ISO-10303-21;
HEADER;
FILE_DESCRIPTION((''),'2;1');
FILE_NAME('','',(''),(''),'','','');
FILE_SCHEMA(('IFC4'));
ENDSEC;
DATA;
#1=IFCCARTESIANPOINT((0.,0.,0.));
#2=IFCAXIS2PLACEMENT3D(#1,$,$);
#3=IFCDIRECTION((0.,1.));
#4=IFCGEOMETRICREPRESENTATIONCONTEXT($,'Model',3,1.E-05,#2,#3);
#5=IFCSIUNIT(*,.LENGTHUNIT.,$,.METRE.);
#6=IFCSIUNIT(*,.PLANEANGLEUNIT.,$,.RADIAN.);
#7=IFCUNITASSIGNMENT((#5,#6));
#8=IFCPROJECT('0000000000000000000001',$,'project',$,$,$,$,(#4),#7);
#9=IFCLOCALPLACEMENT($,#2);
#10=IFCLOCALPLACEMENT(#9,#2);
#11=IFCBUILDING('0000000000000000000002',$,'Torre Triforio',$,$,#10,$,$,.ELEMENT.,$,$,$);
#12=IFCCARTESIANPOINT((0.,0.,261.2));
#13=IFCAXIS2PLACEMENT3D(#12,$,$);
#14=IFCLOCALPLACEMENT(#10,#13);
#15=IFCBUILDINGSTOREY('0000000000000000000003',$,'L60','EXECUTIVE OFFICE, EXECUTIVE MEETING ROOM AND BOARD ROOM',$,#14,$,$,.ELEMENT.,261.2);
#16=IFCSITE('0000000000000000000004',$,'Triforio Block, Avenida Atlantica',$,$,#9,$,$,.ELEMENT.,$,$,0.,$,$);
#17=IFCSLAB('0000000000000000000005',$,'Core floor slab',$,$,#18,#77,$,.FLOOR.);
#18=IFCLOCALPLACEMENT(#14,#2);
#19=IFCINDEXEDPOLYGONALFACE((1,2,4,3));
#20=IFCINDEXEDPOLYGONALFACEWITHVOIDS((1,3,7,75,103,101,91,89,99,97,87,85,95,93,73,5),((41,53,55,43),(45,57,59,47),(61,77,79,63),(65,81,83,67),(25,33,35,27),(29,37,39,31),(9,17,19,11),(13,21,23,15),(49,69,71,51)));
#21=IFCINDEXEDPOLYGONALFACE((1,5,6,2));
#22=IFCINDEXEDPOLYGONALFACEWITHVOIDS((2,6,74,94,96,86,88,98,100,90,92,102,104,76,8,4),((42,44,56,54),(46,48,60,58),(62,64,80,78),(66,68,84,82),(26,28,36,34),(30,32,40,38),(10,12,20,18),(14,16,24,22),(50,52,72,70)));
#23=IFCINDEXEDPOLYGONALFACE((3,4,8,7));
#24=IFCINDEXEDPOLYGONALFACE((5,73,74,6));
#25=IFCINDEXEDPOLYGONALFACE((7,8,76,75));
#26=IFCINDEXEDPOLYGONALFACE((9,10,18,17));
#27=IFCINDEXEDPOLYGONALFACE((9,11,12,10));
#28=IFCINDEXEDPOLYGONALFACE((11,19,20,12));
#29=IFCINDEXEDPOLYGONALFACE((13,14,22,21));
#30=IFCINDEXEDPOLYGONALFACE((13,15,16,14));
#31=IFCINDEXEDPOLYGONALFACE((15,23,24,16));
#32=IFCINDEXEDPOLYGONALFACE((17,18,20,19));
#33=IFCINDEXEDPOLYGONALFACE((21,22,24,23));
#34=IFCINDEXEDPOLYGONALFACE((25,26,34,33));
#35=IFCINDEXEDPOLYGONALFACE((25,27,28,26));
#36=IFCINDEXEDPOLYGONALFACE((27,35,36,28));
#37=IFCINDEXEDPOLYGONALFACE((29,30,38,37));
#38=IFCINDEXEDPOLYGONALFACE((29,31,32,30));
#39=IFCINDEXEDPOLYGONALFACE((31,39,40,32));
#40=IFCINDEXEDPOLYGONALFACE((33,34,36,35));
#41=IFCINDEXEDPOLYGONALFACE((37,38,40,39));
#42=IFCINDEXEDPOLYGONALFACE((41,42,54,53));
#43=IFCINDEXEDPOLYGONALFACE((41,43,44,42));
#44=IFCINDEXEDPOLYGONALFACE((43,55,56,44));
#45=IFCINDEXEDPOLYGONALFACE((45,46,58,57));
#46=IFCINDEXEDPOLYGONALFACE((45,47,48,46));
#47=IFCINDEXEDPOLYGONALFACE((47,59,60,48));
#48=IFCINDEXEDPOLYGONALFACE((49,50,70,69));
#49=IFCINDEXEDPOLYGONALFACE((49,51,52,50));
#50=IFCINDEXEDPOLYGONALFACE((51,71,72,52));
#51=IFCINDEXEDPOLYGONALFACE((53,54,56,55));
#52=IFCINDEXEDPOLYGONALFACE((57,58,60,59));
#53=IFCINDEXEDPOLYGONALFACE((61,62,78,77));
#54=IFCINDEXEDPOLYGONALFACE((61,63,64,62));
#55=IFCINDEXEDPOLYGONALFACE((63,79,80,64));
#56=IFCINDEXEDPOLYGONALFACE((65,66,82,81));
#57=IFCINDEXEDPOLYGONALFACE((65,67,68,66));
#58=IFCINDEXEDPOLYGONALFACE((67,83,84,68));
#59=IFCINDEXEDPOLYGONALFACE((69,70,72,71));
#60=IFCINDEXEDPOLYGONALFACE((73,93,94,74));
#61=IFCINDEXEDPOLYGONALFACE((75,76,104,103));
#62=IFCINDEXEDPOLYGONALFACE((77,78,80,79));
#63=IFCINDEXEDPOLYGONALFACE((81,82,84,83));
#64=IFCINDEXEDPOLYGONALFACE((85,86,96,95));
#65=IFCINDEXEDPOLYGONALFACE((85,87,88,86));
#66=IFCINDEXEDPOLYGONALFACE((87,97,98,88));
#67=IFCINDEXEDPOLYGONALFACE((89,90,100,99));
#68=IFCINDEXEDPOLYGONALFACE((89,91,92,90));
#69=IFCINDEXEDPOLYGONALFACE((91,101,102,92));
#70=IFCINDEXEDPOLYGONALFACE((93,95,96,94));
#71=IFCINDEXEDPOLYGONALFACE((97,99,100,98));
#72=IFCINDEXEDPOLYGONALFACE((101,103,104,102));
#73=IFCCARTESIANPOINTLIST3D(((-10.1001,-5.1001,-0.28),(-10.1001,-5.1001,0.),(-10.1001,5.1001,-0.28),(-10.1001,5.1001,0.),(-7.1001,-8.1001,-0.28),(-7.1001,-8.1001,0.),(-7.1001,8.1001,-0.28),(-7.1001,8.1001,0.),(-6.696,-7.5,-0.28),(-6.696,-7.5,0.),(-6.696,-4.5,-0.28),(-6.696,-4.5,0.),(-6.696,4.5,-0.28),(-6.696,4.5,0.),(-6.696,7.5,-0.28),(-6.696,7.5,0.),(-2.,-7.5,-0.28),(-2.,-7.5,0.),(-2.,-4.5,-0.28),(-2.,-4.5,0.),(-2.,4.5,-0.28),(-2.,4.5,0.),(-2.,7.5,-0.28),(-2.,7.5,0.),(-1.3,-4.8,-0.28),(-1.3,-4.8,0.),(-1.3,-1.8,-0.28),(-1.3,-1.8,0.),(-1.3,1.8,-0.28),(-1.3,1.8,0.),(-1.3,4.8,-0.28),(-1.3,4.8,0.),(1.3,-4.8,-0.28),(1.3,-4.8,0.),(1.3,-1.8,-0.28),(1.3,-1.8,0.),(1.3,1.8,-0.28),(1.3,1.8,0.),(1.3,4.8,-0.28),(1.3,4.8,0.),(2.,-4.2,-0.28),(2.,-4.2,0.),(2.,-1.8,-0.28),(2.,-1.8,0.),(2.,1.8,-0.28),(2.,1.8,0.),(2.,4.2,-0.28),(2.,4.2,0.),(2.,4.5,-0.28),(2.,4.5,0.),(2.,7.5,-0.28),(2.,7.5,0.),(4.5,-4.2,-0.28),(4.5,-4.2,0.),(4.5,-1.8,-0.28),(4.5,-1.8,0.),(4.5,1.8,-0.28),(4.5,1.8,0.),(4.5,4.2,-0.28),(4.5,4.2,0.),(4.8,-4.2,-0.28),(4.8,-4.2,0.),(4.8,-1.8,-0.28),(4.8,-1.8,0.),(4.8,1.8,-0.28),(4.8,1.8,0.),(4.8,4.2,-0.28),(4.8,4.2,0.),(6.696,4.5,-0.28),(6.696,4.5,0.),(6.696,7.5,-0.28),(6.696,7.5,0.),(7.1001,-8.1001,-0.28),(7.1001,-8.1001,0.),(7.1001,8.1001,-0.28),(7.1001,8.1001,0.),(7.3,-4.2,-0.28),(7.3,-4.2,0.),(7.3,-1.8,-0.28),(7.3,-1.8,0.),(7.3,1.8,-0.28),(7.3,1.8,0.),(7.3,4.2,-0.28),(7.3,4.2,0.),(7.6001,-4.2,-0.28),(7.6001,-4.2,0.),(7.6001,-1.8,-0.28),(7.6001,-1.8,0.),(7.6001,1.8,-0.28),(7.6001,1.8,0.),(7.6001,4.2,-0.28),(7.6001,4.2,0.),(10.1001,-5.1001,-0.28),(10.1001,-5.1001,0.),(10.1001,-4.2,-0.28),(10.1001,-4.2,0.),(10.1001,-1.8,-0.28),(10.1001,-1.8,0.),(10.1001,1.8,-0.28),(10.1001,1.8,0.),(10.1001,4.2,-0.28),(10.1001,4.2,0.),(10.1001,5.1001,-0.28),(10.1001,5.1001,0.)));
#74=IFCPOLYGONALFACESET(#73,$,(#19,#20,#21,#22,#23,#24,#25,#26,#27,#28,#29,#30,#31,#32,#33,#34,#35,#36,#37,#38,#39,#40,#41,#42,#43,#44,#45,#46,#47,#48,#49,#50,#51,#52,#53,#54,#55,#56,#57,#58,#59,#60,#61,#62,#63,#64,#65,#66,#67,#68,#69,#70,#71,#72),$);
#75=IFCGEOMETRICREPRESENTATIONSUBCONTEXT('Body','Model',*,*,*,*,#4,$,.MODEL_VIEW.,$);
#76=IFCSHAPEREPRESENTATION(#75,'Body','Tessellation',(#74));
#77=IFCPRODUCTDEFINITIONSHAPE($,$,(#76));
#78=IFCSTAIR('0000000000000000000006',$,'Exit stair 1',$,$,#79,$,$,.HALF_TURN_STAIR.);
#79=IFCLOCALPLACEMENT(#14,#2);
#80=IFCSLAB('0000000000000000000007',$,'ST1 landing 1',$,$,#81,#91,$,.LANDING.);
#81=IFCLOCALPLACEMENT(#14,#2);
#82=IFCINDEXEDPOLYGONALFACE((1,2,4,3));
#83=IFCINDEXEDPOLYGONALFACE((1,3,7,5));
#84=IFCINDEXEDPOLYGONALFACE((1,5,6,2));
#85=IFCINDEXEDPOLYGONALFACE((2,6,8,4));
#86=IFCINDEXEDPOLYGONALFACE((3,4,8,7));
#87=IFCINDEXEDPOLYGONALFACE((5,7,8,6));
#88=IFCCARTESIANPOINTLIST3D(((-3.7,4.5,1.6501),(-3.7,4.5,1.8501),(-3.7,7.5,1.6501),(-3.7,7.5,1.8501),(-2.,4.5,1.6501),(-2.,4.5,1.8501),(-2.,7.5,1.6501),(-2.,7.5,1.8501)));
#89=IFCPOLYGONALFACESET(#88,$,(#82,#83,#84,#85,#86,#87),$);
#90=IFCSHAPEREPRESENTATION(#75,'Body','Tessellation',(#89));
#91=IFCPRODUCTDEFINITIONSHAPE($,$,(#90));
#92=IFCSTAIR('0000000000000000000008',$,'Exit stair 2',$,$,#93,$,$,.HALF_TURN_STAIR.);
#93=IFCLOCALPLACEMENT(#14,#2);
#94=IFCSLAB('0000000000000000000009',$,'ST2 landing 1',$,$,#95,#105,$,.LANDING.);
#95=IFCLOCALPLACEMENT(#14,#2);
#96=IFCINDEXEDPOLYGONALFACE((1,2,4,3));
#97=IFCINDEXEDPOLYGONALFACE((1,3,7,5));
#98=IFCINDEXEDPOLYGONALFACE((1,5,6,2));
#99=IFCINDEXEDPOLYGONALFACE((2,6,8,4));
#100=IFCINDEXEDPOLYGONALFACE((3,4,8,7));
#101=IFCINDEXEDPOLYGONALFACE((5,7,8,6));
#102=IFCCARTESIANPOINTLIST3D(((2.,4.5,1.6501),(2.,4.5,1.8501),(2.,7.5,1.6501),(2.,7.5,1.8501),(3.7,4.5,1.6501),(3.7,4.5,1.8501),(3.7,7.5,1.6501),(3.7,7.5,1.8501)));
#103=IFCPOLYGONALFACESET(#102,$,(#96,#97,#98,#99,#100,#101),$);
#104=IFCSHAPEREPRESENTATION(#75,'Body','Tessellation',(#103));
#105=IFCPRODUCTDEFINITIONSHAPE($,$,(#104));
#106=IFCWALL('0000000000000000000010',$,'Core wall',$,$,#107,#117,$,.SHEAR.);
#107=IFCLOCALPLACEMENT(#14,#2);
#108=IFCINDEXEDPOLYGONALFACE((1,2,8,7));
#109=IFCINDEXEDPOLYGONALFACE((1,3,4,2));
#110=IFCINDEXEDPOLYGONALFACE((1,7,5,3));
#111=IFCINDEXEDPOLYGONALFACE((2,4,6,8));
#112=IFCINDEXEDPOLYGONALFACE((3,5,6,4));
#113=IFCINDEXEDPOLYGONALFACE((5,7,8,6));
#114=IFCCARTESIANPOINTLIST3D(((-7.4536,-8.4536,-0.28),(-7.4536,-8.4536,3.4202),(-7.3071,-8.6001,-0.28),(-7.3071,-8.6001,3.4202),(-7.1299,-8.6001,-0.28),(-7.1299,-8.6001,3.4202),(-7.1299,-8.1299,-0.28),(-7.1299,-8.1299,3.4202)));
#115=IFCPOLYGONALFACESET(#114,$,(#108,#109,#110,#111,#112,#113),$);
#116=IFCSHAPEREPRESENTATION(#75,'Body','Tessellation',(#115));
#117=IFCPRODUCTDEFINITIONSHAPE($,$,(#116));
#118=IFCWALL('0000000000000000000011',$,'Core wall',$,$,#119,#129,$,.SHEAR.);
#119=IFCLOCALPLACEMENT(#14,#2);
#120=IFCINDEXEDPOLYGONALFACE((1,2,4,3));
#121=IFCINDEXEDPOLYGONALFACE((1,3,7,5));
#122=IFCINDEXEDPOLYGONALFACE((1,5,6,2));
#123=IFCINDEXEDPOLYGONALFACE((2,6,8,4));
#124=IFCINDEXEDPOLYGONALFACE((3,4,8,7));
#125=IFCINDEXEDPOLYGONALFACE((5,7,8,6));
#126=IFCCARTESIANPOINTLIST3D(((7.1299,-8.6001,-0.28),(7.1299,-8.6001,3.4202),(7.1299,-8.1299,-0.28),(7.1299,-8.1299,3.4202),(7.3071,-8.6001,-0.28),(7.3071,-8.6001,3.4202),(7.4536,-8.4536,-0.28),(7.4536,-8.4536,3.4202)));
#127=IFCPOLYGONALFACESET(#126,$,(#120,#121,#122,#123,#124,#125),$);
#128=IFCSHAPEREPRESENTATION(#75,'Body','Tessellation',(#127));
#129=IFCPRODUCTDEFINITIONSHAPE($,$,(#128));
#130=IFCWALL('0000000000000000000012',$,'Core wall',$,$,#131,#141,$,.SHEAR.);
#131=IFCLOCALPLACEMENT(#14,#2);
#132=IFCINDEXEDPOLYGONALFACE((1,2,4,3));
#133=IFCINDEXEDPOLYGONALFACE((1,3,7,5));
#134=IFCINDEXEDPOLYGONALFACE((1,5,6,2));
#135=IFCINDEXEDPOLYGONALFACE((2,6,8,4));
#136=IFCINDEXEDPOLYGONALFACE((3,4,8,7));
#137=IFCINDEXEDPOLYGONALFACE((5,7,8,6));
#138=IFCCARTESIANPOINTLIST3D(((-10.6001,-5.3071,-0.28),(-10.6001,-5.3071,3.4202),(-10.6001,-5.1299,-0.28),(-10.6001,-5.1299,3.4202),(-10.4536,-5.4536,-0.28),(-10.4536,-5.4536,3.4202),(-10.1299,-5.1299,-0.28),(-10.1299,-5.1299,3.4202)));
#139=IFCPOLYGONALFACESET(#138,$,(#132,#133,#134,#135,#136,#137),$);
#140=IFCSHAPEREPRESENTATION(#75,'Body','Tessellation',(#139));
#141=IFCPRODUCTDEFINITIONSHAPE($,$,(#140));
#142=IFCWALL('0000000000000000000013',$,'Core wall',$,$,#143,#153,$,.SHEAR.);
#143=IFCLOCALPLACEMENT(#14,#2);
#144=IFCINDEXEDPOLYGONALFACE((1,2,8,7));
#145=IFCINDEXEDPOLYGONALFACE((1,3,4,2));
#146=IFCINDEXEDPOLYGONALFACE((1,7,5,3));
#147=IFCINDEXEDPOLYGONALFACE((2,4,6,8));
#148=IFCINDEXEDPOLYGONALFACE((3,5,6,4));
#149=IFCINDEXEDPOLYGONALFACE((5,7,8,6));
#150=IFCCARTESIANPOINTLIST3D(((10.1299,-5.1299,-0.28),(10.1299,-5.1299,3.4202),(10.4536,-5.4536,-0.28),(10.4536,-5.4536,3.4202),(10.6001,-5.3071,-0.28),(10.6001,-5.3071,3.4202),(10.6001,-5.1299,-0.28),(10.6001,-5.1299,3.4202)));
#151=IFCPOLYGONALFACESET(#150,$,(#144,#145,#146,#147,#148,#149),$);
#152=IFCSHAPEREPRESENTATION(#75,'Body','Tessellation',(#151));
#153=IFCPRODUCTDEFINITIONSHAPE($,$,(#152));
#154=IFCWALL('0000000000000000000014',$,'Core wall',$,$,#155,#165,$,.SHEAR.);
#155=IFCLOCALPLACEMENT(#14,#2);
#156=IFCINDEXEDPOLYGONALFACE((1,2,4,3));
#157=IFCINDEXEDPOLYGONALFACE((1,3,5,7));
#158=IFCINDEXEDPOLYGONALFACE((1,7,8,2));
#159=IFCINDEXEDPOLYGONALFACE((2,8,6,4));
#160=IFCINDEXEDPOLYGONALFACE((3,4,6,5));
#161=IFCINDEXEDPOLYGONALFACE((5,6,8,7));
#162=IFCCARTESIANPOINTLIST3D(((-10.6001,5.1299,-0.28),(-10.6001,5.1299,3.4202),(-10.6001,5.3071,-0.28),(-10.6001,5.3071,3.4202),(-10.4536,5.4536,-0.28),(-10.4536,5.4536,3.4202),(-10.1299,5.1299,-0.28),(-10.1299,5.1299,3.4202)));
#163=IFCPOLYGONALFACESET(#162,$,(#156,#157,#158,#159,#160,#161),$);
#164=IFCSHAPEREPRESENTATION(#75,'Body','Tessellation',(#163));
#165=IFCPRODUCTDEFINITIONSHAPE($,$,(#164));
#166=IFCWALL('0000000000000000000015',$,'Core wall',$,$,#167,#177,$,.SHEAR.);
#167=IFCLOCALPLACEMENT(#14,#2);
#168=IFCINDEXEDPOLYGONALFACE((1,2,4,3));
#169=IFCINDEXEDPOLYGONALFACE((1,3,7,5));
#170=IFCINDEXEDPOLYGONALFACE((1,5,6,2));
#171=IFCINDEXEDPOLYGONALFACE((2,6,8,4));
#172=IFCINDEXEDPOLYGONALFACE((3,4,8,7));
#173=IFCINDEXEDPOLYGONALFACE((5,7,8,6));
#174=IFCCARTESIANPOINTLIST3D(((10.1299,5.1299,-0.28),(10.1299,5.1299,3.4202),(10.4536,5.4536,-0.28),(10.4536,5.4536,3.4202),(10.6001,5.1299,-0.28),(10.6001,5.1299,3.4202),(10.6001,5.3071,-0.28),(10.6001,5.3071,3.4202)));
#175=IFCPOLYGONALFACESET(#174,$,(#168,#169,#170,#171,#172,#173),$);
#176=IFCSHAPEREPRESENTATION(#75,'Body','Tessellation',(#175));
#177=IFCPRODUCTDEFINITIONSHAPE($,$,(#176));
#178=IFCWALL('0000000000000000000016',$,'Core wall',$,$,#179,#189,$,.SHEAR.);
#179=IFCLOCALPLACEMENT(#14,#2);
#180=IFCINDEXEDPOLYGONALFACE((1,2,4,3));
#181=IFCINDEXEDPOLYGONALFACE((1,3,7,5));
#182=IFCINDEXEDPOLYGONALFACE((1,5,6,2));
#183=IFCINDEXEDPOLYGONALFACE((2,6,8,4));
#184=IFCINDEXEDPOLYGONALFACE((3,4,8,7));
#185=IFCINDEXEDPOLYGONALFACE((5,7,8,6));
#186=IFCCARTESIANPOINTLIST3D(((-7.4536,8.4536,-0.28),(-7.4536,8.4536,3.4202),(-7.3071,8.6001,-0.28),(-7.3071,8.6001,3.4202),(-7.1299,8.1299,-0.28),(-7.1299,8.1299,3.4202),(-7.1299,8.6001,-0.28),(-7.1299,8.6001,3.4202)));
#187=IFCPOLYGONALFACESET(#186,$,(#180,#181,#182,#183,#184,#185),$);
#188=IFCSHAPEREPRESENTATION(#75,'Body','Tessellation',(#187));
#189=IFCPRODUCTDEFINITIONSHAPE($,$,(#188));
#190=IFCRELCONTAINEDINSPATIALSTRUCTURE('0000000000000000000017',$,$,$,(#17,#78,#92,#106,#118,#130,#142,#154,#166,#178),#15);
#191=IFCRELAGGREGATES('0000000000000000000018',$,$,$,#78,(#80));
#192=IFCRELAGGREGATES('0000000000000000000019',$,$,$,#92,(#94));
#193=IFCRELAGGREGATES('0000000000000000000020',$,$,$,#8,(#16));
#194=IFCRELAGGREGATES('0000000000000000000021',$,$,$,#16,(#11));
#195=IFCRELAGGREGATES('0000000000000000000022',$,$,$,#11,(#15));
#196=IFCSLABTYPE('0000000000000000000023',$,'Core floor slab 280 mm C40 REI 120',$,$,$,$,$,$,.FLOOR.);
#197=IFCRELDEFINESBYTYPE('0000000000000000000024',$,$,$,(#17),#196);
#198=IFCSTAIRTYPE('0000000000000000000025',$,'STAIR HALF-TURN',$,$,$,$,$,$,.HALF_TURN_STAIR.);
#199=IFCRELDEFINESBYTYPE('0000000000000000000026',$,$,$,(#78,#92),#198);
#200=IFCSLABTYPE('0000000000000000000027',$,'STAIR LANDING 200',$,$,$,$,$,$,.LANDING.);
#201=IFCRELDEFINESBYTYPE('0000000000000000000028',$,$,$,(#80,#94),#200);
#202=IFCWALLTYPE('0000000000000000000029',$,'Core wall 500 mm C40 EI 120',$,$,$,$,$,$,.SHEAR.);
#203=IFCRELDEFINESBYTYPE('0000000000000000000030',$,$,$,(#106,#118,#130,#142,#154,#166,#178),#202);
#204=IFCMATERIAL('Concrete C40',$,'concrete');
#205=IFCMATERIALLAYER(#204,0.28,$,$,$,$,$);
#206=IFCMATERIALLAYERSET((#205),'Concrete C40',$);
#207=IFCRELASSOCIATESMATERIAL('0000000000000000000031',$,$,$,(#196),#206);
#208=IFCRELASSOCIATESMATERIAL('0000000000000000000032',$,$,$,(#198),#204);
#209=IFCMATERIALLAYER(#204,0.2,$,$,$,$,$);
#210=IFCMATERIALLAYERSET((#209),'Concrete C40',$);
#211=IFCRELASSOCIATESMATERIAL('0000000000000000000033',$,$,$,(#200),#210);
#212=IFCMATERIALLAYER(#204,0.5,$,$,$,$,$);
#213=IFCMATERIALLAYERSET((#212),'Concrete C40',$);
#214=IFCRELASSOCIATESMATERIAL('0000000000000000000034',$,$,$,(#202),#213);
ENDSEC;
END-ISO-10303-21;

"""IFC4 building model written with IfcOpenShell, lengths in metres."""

from ifc_helpers import new_model, si_unit, direction, frame, origin, place, context, subcontext, project, spatial, polyline, outline, extrude, material, layer, layer_set, type_object, element, aggregate, save


model = new_model("IFC4")

# Units and contexts
model_context = context("Model", 3, precision=1e-05, world=origin(), true_north=direction((0.0, 1.0)))
body_context = subcontext(model_context, "Body", "Model", "MODEL_VIEW")
ifc_project = project(units=[si_unit("LENGTHUNIT", "METRE"), si_unit("PLANEANGLEUNIT", "RADIAN")], contexts=[model_context])

# Site, building, storey
site_placement = place(None, origin())
site = spatial("IfcSite", under=ifc_project, at=site_placement, Name="Triforio Block, Avenida Atlantica", CompositionType="ELEMENT", RefElevation=0.0)
building_placement = place(site_placement, origin())
building = spatial("IfcBuilding", under=site, at=building_placement, Name="Torre Triforio", CompositionType="ELEMENT")
storey_placement = place(building_placement, frame((0.0, 0.0, 261.2)))
storey = spatial("IfcBuildingStorey", under=building, at=storey_placement, Name="L60", Description="EXECUTIVE OFFICE, EXECUTIVE MEETING ROOM AND BOARD ROOM", CompositionType="ELEMENT", Elevation=261.2)

# Slab
ifc_material_1 = material(Name="Concrete C40", Category="concrete")
ifc_layer_1 = layer(ifc_material_1, 0.28)
ifc_layer_set_1 = layer_set([ifc_layer_1], Name="Concrete C40")
slab_type_1 = type_object("IfcSlabType", Name="Core floor slab 280 mm C40 REI 120", PredefinedType="FLOOR", material=ifc_layer_set_1)
slab_1_placement = place(storey_placement, frame((0.0, 0.0, -0.28)))
element("IfcSlab", 1, at=slab_1_placement, inside=storey, type_object=slab_type_1, Name="Core floor slab", PredefinedType="FLOOR", context=body_context, shape_type="SweptSolid", body=[
    extrude(outline(polyline([(10.1001, -5.1001), (7.1001, -8.1001), (-7.1001, -8.1001), (-10.1001, -5.1001), (-10.1001, 5.1001), (-7.1001, 8.1001), (7.1001, 8.1001), (10.1001, 5.1001), (10.1001, 4.2), (7.6001, 4.2), (7.6001, 1.8), (10.1001, 1.8), (10.1001, -1.8), (7.6001, -1.8), (7.6001, -4.2), (10.1001, -4.2), (10.1001, -5.1001)]), holes=[polyline([(-6.696, -4.5), (-6.696, -7.5), (-2.0, -7.5), (-2.0, -4.5), (-6.696, -4.5)]), polyline([(-1.3, -1.8), (-1.3, -4.8), (1.3, -4.8), (1.3, -1.8), (-1.3, -1.8)]), polyline([(2.0, -1.8), (2.0, -4.2), (4.5, -4.2), (4.5, -1.8), (2.0, -1.8)]), polyline([(4.5, 4.2), (2.0, 4.2), (2.0, 1.8), (4.5, 1.8), (4.5, 4.2)]), polyline([(1.3, 4.8), (-1.3, 4.8), (-1.3, 1.8), (1.3, 1.8), (1.3, 4.8)]), polyline([(-6.696, 7.5), (-6.696, 4.5), (-2.0, 4.5), (-2.0, 7.5), (-6.696, 7.5)]), polyline([(7.3, -1.8), (4.8, -1.8), (4.8, -4.2), (7.3, -4.2), (7.3, -1.8)]), polyline([(4.8, 4.2), (4.8, 1.8), (7.3, 1.8), (7.3, 4.2), (4.8, 4.2)]), polyline([(6.696, 7.5), (2.0, 7.5), (2.0, 4.5), (6.696, 4.5), (6.696, 7.5)])]), origin(), (0.0, 0.0, 1.0), 0.28),
])

# Stairs, slabs
stair_type = type_object("IfcStairType", Name="STAIR HALF-TURN", PredefinedType="HALF_TURN_STAIR", material=ifc_material_1)
stair_1_placement = place(storey_placement, origin())
stair_1 = element("IfcStair", 2, at=stair_1_placement, inside=storey, type_object=stair_type, Name="Exit stair 1", PredefinedType="HALF_TURN_STAIR")
ifc_layer_2 = layer(ifc_material_1, 0.2)
ifc_layer_set_2 = layer_set([ifc_layer_2], Name="Concrete C40")
slab_type_2 = type_object("IfcSlabType", Name="STAIR LANDING 200", PredefinedType="LANDING", material=ifc_layer_set_2)
slab_2_placement = place(storey_placement, frame((0.0, 0.0, 1.6501)))
slab_2 = element("IfcSlab", 3, at=slab_2_placement, type_object=slab_type_2, Name="ST1 landing 1", PredefinedType="LANDING", context=body_context, shape_type="SweptSolid", body=[
    extrude(outline(polyline([(-2.0, 4.5), (-2.0, 7.5), (-3.7, 7.5), (-3.7, 4.5), (-2.0, 4.5)])), origin(), (0.0, 0.0, 1.0), 0.2),
])
aggregate(stair_1, [slab_2])
stair_2_placement = place(storey_placement, origin())
stair_2 = element("IfcStair", 4, at=stair_2_placement, inside=storey, type_object=stair_type, Name="Exit stair 2", PredefinedType="HALF_TURN_STAIR")
slab_3_placement = place(storey_placement, frame((0.0, 0.0, 1.6501)))
slab_3 = element("IfcSlab", 5, at=slab_3_placement, type_object=slab_type_2, Name="ST2 landing 1", PredefinedType="LANDING", context=body_context, shape_type="SweptSolid", body=[
    extrude(outline(polyline([(3.7, 4.5), (3.7, 7.5), (2.0, 7.5), (2.0, 4.5), (3.7, 4.5)])), origin(), (0.0, 0.0, 1.0), 0.2),
])
aggregate(stair_2, [slab_3])

# Walls
ifc_layer_3 = layer(ifc_material_1, 0.5)
ifc_layer_set_3 = layer_set([ifc_layer_3], Name="Concrete C40")
wall_type_1 = type_object("IfcWallType", Name="Core wall 500 mm C40 EI 120", PredefinedType="SHEAR", material=ifc_layer_set_3)
wall_1_placement = place(storey_placement, frame((0.0, 0.0, -0.28)))
element("IfcWall", 6, at=wall_1_placement, inside=storey, type_object=wall_type_1, Name="Core wall", PredefinedType="SHEAR", context=body_context, shape_type="SweptSolid", body=[
    extrude(outline(polyline([(-7.3071, -8.6001), (-7.4536, -8.4536), (-7.1299, -8.1299), (-7.1299, -8.6001), (-7.3071, -8.6001)])), origin(), (0.0, 0.0, 1.0), 3.7002),
])
wall_2_placement = place(storey_placement, frame((0.0, 0.0, -0.28)))
element("IfcWall", 7, at=wall_2_placement, inside=storey, type_object=wall_type_1, Name="Core wall", PredefinedType="SHEAR", context=body_context, shape_type="SweptSolid", body=[
    extrude(outline(polyline([(7.3071, -8.6001), (7.1299, -8.6001), (7.1299, -8.1299), (7.4536, -8.4536), (7.3071, -8.6001)])), origin(), (0.0, 0.0, 1.0), 3.7002),
])
wall_3_placement = place(storey_placement, frame((0.0, 0.0, -0.28)))
element("IfcWall", 8, at=wall_3_placement, inside=storey, type_object=wall_type_1, Name="Core wall", PredefinedType="SHEAR", context=body_context, shape_type="SweptSolid", body=[
    extrude(outline(polyline([(-10.6001, -5.3071), (-10.6001, -5.1299), (-10.1299, -5.1299), (-10.4536, -5.4536), (-10.6001, -5.3071)])), origin(), (0.0, 0.0, 1.0), 3.7002),
])
wall_4_placement = place(storey_placement, frame((0.0, 0.0, -0.28)))
element("IfcWall", 9, at=wall_4_placement, inside=storey, type_object=wall_type_1, Name="Core wall", PredefinedType="SHEAR", context=body_context, shape_type="SweptSolid", body=[
    extrude(outline(polyline([(10.6001, -5.3071), (10.4536, -5.4536), (10.1299, -5.1299), (10.6001, -5.1299), (10.6001, -5.3071)])), origin(), (0.0, 0.0, 1.0), 3.7002),
])
wall_5_placement = place(storey_placement, frame((0.0, 0.0, -0.28)))
element("IfcWall", 10, at=wall_5_placement, inside=storey, type_object=wall_type_1, Name="Core wall", PredefinedType="SHEAR", context=body_context, shape_type="SweptSolid", body=[
    extrude(outline(polyline([(-10.4536, 5.4536), (-10.1299, 5.1299), (-10.6001, 5.1299), (-10.6001, 5.3071), (-10.4536, 5.4536)])), origin(), (0.0, 0.0, 1.0), 3.7002),
])
wall_6_placement = place(storey_placement, frame((0.0, 0.0, -0.28)))
element("IfcWall", 11, at=wall_6_placement, inside=storey, type_object=wall_type_1, Name="Core wall", PredefinedType="SHEAR", context=body_context, shape_type="SweptSolid", body=[
    extrude(outline(polyline([(10.6001, 5.3071), (10.6001, 5.1299), (10.1299, 5.1299), (10.4536, 5.4536), (10.6001, 5.3071)])), origin(), (0.0, 0.0, 1.0), 3.7002),
])
wall_7_placement = place(storey_placement, frame((0.0, 0.0, -0.28)))
element("IfcWall", 12, at=wall_7_placement, inside=storey, type_object=wall_type_1, Name="Core wall", PredefinedType="SHEAR", context=body_context, shape_type="SweptSolid", body=[
    extrude(outline(polyline([(-7.3071, 8.6001), (-7.1299, 8.6001), (-7.1299, 8.1299), (-7.4536, 8.4536), (-7.3071, 8.6001)])), origin(), (0.0, 0.0, 1.0), 3.7002),
])

save(model, "model.ifc")
